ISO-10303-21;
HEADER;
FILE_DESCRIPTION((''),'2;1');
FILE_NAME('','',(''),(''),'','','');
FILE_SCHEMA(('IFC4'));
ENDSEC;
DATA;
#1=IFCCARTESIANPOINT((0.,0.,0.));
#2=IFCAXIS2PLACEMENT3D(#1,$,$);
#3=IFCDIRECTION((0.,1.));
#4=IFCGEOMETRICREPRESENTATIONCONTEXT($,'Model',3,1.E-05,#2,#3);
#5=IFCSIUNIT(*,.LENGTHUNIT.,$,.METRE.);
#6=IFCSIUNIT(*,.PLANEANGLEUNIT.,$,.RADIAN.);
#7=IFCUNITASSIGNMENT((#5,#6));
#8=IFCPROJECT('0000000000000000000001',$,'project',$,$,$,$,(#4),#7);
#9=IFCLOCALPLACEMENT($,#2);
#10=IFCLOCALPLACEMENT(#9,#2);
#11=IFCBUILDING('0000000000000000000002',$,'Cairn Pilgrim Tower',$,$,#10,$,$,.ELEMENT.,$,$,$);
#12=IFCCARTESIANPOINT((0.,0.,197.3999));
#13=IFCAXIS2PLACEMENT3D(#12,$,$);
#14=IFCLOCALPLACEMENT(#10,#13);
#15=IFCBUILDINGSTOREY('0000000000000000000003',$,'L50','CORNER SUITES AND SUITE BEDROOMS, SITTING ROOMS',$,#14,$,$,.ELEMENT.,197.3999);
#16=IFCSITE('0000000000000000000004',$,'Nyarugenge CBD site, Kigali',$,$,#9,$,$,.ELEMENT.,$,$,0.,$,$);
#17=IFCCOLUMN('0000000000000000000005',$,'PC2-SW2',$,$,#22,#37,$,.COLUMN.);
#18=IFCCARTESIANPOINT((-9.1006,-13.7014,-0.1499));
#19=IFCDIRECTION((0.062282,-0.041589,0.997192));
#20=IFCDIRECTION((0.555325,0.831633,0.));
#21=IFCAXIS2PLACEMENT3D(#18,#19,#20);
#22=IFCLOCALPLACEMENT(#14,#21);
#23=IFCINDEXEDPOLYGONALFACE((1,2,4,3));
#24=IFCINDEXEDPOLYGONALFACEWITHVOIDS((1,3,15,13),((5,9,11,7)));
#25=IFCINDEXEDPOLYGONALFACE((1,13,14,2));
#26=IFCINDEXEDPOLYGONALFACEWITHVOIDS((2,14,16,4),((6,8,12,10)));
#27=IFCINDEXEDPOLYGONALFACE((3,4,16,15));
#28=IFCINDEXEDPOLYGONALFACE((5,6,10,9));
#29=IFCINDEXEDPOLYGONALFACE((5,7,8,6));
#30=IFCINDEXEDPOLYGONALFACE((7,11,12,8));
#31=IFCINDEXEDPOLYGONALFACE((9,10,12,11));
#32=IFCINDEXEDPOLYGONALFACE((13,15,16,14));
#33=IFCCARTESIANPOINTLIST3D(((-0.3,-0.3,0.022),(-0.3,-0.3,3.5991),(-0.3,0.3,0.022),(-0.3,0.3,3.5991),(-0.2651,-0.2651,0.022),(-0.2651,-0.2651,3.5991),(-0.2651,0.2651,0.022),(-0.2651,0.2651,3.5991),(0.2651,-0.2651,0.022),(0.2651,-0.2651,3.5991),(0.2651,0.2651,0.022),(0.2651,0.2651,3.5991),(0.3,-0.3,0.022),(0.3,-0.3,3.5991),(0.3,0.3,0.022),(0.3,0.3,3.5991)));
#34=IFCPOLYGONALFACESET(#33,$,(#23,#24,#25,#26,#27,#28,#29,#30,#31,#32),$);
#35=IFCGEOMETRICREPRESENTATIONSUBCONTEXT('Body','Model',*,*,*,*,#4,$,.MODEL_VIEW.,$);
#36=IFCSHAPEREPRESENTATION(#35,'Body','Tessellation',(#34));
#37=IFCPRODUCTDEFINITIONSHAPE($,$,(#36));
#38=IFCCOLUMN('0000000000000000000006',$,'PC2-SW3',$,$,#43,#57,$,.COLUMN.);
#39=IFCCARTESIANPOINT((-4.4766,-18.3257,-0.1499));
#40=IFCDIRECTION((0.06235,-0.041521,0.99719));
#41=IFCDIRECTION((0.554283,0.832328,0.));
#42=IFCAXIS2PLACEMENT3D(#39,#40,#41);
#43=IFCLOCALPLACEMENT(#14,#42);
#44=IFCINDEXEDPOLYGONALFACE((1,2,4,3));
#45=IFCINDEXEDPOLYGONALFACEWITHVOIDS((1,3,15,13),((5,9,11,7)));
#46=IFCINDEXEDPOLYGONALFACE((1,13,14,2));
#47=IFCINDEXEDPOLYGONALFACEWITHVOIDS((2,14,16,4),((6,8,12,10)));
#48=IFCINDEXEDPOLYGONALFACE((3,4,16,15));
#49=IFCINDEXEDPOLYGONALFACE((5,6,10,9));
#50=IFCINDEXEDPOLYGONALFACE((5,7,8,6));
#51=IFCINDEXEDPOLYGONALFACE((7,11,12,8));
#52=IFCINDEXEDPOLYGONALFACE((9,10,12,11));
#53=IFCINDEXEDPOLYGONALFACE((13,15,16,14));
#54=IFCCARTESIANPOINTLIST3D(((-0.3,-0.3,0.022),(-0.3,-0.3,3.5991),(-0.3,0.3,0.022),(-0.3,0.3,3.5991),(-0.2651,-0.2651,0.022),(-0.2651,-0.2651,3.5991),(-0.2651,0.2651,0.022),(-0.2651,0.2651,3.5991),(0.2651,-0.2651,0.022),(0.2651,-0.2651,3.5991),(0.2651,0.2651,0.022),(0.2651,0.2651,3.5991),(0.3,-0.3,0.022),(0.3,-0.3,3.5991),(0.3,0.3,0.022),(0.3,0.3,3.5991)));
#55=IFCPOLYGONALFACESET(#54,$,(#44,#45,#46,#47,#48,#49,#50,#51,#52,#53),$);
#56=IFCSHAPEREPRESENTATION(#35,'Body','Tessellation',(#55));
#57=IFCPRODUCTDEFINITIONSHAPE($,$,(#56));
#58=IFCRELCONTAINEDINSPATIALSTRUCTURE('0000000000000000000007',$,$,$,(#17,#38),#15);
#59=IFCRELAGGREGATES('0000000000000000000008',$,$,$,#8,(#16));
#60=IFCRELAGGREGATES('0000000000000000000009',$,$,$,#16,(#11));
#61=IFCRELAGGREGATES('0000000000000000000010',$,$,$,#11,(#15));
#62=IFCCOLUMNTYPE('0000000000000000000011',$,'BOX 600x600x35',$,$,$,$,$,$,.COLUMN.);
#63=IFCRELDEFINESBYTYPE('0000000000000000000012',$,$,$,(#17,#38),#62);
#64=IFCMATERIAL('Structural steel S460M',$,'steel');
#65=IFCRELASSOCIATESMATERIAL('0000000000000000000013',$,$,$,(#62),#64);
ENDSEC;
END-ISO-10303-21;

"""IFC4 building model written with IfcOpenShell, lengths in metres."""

from ifc_helpers import new_model, si_unit, direction, frame, origin, origin_2d, place, context, subcontext, project, spatial, hollow_rectangle, extrude, clip, halfspace, material, material_profile, profile_set, type_object, element, save


model = new_model("IFC4")

# Units and contexts
model_context = context("Model", 3, precision=1e-05, world=origin(), true_north=direction((0.0, 1.0)))
body_context = subcontext(model_context, "Body", "Model", "MODEL_VIEW")
ifc_project = project(units=[si_unit("LENGTHUNIT", "METRE"), si_unit("PLANEANGLEUNIT", "RADIAN")], contexts=[model_context])

# Site, building, storey
site_placement = place(None, origin())
site = spatial("IfcSite", under=ifc_project, at=site_placement, Name="Nyarugenge CBD site, Kigali", CompositionType="ELEMENT", RefElevation=0.0)
building_placement = place(site_placement, origin())
building = spatial("IfcBuilding", under=site, at=building_placement, Name="Cairn Pilgrim Tower", CompositionType="ELEMENT")
storey_placement = place(building_placement, frame((0.0, 0.0, 197.3999)))
storey = spatial("IfcBuildingStorey", under=building, at=storey_placement, Name="L50", Description="CORNER SUITES AND SUITE BEDROOMS, SITTING ROOMS", CompositionType="ELEMENT", Elevation=197.3999)

# Columns
ifc_material_1 = material(Name="Structural steel S460M", Category="steel")
ifc_material_profile_1 = material_profile(ifc_material_1, hollow_rectangle(XDim=0.6001, YDim=0.6001, WallThickness=0.0349, at=origin_2d()), Name="BOX 600x600x35")
ifc_profile_set_1 = profile_set([ifc_material_profile_1], Name="Structural steel S460M")
column_type = type_object("IfcColumnType", Name="BOX 600x600x35", PredefinedType="COLUMN", material=ifc_profile_set_1)
for number, where, z_axis, x_axis, name in (
    (1, (-9.1006, -13.7014, -0.1499), (0.062282, -0.041589, 0.997192), (0.555325, 0.831633, 0.0), "PC2-SW2"),
    (2, (-4.4766, -18.3257, -0.1499), (0.06235, -0.041521, 0.99719), (0.554283, 0.832328, 0.0), "PC2-SW3"),
):
    element("IfcColumn", number, at=place(storey_placement, frame(where, z_axis=z_axis, x_axis=x_axis)), inside=storey, type_object=column_type, Name=name, PredefinedType="COLUMN", context=body_context, shape_type="Clipping", body=[
        clip(clip(extrude(hollow_rectangle(XDim=0.6001, YDim=0.6001, WallThickness=0.0349, at=origin_2d()), origin(), (0.0, 0.0, 1.0), 3.6104), halfspace(frame((0.0, 0.0, 0.022), z_axis=(0.0, 0.0, 1.0), x_axis=(1.0, 0.0, 0.0)), True)), halfspace(frame((0.0, 0.0, 3.5991), z_axis=(0.0, 0.0, 1.0), x_axis=(1.0, 0.0, 0.0)), False)),
    ])

save(model, "model.ifc")
